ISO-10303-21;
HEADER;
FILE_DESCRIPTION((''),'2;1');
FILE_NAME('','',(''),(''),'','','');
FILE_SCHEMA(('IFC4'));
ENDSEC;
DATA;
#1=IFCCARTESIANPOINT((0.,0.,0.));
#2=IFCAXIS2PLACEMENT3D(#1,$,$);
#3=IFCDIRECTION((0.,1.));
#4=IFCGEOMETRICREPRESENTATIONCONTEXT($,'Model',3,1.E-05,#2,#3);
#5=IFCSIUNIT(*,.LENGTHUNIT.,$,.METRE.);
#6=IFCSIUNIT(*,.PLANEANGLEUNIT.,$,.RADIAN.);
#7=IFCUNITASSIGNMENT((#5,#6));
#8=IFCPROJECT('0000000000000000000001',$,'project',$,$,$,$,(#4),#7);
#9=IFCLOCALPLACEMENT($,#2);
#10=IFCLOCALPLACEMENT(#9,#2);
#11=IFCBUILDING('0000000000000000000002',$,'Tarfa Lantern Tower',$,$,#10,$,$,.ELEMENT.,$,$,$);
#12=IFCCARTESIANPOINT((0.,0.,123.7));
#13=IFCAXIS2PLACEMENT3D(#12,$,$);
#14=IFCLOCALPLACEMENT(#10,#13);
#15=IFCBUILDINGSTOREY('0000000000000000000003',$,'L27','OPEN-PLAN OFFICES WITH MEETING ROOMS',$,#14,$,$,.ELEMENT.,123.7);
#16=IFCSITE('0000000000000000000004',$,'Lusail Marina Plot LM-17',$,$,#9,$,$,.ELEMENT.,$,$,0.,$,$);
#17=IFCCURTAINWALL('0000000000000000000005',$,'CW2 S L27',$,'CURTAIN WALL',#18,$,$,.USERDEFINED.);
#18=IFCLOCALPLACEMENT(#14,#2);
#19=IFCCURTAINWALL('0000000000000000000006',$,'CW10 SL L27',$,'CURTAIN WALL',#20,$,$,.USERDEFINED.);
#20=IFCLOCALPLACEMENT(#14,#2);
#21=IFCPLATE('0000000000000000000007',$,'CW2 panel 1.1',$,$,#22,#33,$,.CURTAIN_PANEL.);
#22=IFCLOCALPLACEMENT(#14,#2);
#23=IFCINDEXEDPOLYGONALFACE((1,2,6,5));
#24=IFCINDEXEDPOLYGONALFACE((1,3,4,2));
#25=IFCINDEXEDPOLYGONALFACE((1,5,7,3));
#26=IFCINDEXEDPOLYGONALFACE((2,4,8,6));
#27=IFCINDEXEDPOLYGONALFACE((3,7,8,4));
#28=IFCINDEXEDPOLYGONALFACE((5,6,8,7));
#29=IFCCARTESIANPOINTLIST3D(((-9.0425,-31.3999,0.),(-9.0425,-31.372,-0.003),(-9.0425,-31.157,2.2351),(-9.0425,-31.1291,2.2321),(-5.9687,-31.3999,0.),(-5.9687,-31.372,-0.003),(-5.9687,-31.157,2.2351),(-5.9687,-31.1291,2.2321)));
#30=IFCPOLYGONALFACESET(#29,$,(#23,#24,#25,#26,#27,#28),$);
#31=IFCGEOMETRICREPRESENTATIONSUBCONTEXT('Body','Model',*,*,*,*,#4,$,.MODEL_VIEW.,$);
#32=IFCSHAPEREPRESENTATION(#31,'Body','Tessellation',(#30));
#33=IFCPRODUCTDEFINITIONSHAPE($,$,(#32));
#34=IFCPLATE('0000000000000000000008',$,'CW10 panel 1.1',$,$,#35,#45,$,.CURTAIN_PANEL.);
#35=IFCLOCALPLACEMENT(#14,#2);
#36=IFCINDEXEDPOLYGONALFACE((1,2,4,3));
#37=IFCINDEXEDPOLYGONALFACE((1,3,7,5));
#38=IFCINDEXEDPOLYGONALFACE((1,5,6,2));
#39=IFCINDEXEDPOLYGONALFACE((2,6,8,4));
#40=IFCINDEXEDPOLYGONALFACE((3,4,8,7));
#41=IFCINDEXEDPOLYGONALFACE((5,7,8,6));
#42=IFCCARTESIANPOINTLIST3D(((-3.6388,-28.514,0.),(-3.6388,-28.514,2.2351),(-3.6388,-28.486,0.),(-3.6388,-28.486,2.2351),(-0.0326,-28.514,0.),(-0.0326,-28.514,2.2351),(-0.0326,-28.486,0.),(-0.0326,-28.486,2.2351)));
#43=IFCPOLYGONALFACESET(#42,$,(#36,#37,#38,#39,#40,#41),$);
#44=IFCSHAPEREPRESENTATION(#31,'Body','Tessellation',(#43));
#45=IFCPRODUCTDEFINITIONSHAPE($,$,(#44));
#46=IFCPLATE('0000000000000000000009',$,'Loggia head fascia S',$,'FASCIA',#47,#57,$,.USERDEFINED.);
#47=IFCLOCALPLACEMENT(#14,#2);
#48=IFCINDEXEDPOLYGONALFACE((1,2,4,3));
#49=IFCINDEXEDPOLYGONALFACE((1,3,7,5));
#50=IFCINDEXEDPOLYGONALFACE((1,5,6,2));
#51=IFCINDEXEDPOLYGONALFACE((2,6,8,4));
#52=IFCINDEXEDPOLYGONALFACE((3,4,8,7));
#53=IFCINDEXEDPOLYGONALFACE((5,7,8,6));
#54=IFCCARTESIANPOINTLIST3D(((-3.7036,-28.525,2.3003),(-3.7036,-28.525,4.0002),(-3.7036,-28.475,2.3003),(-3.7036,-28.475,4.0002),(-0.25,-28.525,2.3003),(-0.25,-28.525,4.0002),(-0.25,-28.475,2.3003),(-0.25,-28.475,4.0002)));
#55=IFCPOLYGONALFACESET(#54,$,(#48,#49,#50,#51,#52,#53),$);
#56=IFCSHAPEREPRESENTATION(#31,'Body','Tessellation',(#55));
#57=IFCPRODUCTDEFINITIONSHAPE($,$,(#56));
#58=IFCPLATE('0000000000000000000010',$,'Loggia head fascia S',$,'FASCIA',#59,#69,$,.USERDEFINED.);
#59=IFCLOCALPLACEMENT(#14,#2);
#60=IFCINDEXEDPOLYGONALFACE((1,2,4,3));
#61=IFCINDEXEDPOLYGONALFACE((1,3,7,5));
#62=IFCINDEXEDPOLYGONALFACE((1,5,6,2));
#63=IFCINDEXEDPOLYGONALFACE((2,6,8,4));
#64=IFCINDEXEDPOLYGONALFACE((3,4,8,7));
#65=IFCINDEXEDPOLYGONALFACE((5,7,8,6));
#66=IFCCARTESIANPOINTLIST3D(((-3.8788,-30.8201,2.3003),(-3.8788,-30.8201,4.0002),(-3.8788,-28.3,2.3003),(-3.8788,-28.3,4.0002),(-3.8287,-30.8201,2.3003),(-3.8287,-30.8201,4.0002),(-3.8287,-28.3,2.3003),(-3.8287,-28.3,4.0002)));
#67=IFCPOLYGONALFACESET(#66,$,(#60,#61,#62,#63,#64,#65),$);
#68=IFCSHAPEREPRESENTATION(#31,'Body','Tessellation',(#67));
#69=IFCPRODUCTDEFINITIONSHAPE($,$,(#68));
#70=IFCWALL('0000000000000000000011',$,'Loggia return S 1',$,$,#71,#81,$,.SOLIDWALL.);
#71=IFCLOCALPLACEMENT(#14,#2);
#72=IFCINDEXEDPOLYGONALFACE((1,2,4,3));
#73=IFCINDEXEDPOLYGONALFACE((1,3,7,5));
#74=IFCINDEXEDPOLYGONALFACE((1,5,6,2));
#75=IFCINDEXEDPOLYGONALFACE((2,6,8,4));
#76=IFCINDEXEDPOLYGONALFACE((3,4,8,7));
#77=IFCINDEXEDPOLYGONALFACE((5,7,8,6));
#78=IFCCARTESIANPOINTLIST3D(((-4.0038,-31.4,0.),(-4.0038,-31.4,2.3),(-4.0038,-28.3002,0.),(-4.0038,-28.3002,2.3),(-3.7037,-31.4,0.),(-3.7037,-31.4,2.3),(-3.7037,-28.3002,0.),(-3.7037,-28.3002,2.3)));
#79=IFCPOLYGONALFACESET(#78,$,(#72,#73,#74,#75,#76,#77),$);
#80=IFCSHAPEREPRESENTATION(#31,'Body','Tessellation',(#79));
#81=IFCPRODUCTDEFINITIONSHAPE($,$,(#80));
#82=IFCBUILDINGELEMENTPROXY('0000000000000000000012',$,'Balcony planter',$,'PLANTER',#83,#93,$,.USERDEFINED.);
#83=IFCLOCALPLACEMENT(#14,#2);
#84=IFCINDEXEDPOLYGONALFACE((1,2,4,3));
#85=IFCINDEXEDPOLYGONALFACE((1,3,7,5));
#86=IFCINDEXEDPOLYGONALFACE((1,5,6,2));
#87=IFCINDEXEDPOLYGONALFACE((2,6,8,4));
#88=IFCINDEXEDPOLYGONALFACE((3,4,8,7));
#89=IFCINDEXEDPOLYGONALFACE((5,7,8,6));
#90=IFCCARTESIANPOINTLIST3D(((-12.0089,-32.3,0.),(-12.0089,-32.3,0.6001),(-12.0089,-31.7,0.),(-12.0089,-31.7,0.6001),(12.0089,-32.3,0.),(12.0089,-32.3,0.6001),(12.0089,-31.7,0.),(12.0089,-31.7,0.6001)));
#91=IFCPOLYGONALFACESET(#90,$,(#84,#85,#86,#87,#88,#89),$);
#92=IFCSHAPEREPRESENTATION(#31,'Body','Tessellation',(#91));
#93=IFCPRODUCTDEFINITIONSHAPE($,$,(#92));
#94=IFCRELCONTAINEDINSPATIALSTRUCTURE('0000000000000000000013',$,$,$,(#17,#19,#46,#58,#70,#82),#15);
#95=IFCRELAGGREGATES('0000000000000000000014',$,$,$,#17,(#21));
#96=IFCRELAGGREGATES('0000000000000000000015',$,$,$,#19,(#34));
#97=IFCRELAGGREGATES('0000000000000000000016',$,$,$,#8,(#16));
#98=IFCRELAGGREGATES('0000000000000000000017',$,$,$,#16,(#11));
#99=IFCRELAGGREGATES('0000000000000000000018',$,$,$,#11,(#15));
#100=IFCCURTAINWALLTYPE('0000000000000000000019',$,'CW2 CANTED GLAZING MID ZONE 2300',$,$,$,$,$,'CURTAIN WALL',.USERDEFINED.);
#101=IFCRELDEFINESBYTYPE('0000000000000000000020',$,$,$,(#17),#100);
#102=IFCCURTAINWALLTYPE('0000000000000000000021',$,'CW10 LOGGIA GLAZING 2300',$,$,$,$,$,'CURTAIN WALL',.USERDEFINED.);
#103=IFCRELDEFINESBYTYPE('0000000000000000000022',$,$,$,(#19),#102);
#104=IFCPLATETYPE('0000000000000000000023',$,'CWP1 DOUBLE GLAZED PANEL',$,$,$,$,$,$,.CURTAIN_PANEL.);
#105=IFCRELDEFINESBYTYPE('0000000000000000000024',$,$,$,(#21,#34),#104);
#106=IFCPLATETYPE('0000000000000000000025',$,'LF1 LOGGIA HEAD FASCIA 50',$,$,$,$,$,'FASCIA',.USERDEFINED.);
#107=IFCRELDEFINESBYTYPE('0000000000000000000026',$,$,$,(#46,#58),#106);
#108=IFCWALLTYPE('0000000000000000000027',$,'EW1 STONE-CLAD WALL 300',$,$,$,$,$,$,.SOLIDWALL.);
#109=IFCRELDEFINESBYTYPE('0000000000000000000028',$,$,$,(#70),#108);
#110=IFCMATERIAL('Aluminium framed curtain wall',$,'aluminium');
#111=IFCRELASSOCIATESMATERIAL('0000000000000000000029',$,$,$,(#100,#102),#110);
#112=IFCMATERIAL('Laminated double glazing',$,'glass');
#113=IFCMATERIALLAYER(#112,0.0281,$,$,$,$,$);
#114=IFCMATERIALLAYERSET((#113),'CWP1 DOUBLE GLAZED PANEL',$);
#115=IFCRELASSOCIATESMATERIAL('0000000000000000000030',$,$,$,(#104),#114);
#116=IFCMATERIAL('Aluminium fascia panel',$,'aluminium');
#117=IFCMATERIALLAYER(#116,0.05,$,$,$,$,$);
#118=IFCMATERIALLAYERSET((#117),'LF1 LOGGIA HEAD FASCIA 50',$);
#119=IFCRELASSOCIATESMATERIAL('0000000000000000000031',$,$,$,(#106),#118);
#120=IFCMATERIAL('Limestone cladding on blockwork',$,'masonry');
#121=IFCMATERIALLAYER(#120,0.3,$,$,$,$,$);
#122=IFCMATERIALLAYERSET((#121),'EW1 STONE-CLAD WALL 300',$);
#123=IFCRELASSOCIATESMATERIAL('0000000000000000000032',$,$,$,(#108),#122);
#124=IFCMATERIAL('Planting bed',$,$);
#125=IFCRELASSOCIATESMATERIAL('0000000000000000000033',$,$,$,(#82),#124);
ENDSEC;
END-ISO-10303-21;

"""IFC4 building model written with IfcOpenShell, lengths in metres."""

from ifc_helpers import new_model, si_unit, direction, frame, frame_2d, origin, origin_2d, place, context, subcontext, project, spatial, polyline, rectangle, outline, extrude, material, layer, layer_set, type_object, element, aggregate, save


model = new_model("IFC4")

# Units and contexts
model_context = context("Model", 3, precision=1e-05, world=origin(), true_north=direction((0.0, 1.0)))
body_context = subcontext(model_context, "Body", "Model", "MODEL_VIEW")
ifc_project = project(units=[si_unit("LENGTHUNIT", "METRE"), si_unit("PLANEANGLEUNIT", "RADIAN")], contexts=[model_context])

# Site, building, storey
site_placement = place(None, origin())
site = spatial("IfcSite", under=ifc_project, at=site_placement, Name="Lusail Marina Plot LM-17", CompositionType="ELEMENT", RefElevation=0.0)
building_placement = place(site_placement, origin())
building = spatial("IfcBuilding", under=site, at=building_placement, Name="Tarfa Lantern Tower", CompositionType="ELEMENT")
storey_placement = place(building_placement, frame((0.0, 0.0, 123.7)))
storey = spatial("IfcBuildingStorey", under=building, at=storey_placement, Name="L27", Description="OPEN-PLAN OFFICES WITH MEETING ROOMS", CompositionType="ELEMENT", Elevation=123.7)

# Shared definitions
ifc_material_1 = material(Name="Aluminium framed curtain wall", Category="aluminium")
curtain_wall_type_1 = type_object("IfcCurtainWallType", Name="CW2 CANTED GLAZING MID ZONE 2300", ElementType="CURTAIN WALL", PredefinedType="USERDEFINED", material=ifc_material_1)

# Curtain walls
curtain_wall_1_placement = place(storey_placement, origin())
curtain_wall_1 = element("IfcCurtainWall", 1, at=curtain_wall_1_placement, inside=storey, type_object=curtain_wall_type_1, Name="CW2 S L27", ObjectType="CURTAIN WALL", PredefinedType="USERDEFINED")
curtain_wall_type_2 = type_object("IfcCurtainWallType", Name="CW10 LOGGIA GLAZING 2300", ElementType="CURTAIN WALL", PredefinedType="USERDEFINED", material=ifc_material_1)
curtain_wall_2_placement = place(storey_placement, origin())
curtain_wall_2 = element("IfcCurtainWall", 2, at=curtain_wall_2_placement, inside=storey, type_object=curtain_wall_type_2, Name="CW10 SL L27", ObjectType="CURTAIN WALL", PredefinedType="USERDEFINED")

# Plates
ifc_material_2 = material(Name="Laminated double glazing", Category="glass")
ifc_layer_1 = layer(ifc_material_2, 0.0281)
ifc_layer_set_1 = layer_set([ifc_layer_1], Name="CWP1 DOUBLE GLAZED PANEL")
plate_type_1 = type_object("IfcPlateType", Name="CWP1 DOUBLE GLAZED PANEL", PredefinedType="CURTAIN_PANEL", material=ifc_layer_set_1)
plate_1_placement = place(storey_placement, frame((-9.0425, -31.3999, 0.0), z_axis=(0.0, -0.994146, 0.108048), x_axis=(1.0, 0.0, 0.0)))
plate_1 = element("IfcPlate", 3, at=plate_1_placement, type_object=plate_type_1, Name="CW2 panel 1.1", PredefinedType="CURTAIN_PANEL", context=body_context, shape_type="SweptSolid", body=[
    extrude(outline(polyline([(0.0, 0.0), (3.0737, 0.0), (3.0737, 2.2483), (0.0, 2.2483), (0.0, 0.0)])), origin(), (0.0, 0.0, -1.0), 0.0281),
])
aggregate(curtain_wall_1, [plate_1])
plate_2_placement = place(storey_placement, frame((-1.8357, -28.5, 0.0), z_axis=(0.0, 0.0, 1.0), x_axis=(1.0, 0.0, 0.0)))
plate_2 = element("IfcPlate", 4, at=plate_2_placement, type_object=plate_type_1, Name="CW10 panel 1.1", PredefinedType="CURTAIN_PANEL", context=body_context, shape_type="SweptSolid", body=[
    extrude(rectangle(XDim=3.6062, YDim=0.0281, at=origin_2d()), origin(), (0.0, 0.0, 1.0), 2.2351),
])
aggregate(curtain_wall_2, [plate_2])

# Plates
ifc_material_3 = material(Name="Aluminium fascia panel", Category="aluminium")
ifc_layer_2 = layer(ifc_material_3, 0.05)
ifc_layer_set_2 = layer_set([ifc_layer_2], Name="LF1 LOGGIA HEAD FASCIA 50")
plate_type_2 = type_object("IfcPlateType", Name="LF1 LOGGIA HEAD FASCIA 50", ElementType="FASCIA", PredefinedType="USERDEFINED", material=ifc_layer_set_2)
plate_3_placement = place(storey_placement, frame((-1.9768, -28.5, 2.3003), z_axis=(0.0, 0.0, 1.0), x_axis=(1.0, 0.0, 0.0)))
element("IfcPlate", 5, at=plate_3_placement, inside=storey, type_object=plate_type_2, Name="Loggia head fascia S", ObjectType="FASCIA", PredefinedType="USERDEFINED", context=body_context, shape_type="SweptSolid", body=[
    extrude(rectangle(XDim=3.4536, YDim=0.05, at=origin_2d()), origin(), (0.0, 0.0, 1.0), 1.7),
])
plate_4_placement = place(storey_placement, frame((-3.8538, -29.5601, 2.3003), z_axis=(0.0, 0.0, 1.0), x_axis=(0.0, 1.0, 0.0)))
element("IfcPlate", 6, at=plate_4_placement, inside=storey, type_object=plate_type_2, Name="Loggia head fascia S", ObjectType="FASCIA", PredefinedType="USERDEFINED", context=body_context, shape_type="SweptSolid", body=[
    extrude(rectangle(XDim=2.52, YDim=0.05, at=origin_2d()), origin(), (0.0, 0.0, 1.0), 1.7),
])

# Wall
ifc_material_4 = material(Name="Limestone cladding on blockwork", Category="masonry")
ifc_layer_3 = layer(ifc_material_4, 0.3)
ifc_layer_set_3 = layer_set([ifc_layer_3], Name="EW1 STONE-CLAD WALL 300")
wall_type = type_object("IfcWallType", Name="EW1 STONE-CLAD WALL 300", PredefinedType="SOLIDWALL", material=ifc_layer_set_3)
wall_placement = place(storey_placement, frame((-3.8538, -31.3999, 0.0), z_axis=(0.0, 0.0, 1.0), x_axis=(0.0, 1.0, 0.0)))
element("IfcWall", 7, at=wall_placement, inside=storey, type_object=wall_type, Name="Loggia return S 1", PredefinedType="SOLIDWALL", context=body_context, shape_type="SweptSolid", body=[
    extrude(rectangle(XDim=3.0999, YDim=0.3, at=frame_2d((1.5498, 0.0))), origin(), (0.0, 0.0, 1.0), 2.3),
])

# Building element proxy
ifc_material_5 = material(Name="Planting bed")
proxy_placement = place(storey_placement, frame((0.0, -32.0, 0.0), z_axis=(0.0, 0.0, 1.0), x_axis=(1.0, 0.0, 0.0)))
element("IfcBuildingElementProxy", 8, at=proxy_placement, inside=storey, material=ifc_material_5, Name="Balcony planter", ObjectType="PLANTER", PredefinedType="USERDEFINED", context=body_context, shape_type="SweptSolid", body=[
    extrude(rectangle(XDim=24.0178, YDim=0.6001, at=origin_2d()), origin(), (0.0, 0.0, 1.0), 0.6001),
])

save(model, "model.ifc")
